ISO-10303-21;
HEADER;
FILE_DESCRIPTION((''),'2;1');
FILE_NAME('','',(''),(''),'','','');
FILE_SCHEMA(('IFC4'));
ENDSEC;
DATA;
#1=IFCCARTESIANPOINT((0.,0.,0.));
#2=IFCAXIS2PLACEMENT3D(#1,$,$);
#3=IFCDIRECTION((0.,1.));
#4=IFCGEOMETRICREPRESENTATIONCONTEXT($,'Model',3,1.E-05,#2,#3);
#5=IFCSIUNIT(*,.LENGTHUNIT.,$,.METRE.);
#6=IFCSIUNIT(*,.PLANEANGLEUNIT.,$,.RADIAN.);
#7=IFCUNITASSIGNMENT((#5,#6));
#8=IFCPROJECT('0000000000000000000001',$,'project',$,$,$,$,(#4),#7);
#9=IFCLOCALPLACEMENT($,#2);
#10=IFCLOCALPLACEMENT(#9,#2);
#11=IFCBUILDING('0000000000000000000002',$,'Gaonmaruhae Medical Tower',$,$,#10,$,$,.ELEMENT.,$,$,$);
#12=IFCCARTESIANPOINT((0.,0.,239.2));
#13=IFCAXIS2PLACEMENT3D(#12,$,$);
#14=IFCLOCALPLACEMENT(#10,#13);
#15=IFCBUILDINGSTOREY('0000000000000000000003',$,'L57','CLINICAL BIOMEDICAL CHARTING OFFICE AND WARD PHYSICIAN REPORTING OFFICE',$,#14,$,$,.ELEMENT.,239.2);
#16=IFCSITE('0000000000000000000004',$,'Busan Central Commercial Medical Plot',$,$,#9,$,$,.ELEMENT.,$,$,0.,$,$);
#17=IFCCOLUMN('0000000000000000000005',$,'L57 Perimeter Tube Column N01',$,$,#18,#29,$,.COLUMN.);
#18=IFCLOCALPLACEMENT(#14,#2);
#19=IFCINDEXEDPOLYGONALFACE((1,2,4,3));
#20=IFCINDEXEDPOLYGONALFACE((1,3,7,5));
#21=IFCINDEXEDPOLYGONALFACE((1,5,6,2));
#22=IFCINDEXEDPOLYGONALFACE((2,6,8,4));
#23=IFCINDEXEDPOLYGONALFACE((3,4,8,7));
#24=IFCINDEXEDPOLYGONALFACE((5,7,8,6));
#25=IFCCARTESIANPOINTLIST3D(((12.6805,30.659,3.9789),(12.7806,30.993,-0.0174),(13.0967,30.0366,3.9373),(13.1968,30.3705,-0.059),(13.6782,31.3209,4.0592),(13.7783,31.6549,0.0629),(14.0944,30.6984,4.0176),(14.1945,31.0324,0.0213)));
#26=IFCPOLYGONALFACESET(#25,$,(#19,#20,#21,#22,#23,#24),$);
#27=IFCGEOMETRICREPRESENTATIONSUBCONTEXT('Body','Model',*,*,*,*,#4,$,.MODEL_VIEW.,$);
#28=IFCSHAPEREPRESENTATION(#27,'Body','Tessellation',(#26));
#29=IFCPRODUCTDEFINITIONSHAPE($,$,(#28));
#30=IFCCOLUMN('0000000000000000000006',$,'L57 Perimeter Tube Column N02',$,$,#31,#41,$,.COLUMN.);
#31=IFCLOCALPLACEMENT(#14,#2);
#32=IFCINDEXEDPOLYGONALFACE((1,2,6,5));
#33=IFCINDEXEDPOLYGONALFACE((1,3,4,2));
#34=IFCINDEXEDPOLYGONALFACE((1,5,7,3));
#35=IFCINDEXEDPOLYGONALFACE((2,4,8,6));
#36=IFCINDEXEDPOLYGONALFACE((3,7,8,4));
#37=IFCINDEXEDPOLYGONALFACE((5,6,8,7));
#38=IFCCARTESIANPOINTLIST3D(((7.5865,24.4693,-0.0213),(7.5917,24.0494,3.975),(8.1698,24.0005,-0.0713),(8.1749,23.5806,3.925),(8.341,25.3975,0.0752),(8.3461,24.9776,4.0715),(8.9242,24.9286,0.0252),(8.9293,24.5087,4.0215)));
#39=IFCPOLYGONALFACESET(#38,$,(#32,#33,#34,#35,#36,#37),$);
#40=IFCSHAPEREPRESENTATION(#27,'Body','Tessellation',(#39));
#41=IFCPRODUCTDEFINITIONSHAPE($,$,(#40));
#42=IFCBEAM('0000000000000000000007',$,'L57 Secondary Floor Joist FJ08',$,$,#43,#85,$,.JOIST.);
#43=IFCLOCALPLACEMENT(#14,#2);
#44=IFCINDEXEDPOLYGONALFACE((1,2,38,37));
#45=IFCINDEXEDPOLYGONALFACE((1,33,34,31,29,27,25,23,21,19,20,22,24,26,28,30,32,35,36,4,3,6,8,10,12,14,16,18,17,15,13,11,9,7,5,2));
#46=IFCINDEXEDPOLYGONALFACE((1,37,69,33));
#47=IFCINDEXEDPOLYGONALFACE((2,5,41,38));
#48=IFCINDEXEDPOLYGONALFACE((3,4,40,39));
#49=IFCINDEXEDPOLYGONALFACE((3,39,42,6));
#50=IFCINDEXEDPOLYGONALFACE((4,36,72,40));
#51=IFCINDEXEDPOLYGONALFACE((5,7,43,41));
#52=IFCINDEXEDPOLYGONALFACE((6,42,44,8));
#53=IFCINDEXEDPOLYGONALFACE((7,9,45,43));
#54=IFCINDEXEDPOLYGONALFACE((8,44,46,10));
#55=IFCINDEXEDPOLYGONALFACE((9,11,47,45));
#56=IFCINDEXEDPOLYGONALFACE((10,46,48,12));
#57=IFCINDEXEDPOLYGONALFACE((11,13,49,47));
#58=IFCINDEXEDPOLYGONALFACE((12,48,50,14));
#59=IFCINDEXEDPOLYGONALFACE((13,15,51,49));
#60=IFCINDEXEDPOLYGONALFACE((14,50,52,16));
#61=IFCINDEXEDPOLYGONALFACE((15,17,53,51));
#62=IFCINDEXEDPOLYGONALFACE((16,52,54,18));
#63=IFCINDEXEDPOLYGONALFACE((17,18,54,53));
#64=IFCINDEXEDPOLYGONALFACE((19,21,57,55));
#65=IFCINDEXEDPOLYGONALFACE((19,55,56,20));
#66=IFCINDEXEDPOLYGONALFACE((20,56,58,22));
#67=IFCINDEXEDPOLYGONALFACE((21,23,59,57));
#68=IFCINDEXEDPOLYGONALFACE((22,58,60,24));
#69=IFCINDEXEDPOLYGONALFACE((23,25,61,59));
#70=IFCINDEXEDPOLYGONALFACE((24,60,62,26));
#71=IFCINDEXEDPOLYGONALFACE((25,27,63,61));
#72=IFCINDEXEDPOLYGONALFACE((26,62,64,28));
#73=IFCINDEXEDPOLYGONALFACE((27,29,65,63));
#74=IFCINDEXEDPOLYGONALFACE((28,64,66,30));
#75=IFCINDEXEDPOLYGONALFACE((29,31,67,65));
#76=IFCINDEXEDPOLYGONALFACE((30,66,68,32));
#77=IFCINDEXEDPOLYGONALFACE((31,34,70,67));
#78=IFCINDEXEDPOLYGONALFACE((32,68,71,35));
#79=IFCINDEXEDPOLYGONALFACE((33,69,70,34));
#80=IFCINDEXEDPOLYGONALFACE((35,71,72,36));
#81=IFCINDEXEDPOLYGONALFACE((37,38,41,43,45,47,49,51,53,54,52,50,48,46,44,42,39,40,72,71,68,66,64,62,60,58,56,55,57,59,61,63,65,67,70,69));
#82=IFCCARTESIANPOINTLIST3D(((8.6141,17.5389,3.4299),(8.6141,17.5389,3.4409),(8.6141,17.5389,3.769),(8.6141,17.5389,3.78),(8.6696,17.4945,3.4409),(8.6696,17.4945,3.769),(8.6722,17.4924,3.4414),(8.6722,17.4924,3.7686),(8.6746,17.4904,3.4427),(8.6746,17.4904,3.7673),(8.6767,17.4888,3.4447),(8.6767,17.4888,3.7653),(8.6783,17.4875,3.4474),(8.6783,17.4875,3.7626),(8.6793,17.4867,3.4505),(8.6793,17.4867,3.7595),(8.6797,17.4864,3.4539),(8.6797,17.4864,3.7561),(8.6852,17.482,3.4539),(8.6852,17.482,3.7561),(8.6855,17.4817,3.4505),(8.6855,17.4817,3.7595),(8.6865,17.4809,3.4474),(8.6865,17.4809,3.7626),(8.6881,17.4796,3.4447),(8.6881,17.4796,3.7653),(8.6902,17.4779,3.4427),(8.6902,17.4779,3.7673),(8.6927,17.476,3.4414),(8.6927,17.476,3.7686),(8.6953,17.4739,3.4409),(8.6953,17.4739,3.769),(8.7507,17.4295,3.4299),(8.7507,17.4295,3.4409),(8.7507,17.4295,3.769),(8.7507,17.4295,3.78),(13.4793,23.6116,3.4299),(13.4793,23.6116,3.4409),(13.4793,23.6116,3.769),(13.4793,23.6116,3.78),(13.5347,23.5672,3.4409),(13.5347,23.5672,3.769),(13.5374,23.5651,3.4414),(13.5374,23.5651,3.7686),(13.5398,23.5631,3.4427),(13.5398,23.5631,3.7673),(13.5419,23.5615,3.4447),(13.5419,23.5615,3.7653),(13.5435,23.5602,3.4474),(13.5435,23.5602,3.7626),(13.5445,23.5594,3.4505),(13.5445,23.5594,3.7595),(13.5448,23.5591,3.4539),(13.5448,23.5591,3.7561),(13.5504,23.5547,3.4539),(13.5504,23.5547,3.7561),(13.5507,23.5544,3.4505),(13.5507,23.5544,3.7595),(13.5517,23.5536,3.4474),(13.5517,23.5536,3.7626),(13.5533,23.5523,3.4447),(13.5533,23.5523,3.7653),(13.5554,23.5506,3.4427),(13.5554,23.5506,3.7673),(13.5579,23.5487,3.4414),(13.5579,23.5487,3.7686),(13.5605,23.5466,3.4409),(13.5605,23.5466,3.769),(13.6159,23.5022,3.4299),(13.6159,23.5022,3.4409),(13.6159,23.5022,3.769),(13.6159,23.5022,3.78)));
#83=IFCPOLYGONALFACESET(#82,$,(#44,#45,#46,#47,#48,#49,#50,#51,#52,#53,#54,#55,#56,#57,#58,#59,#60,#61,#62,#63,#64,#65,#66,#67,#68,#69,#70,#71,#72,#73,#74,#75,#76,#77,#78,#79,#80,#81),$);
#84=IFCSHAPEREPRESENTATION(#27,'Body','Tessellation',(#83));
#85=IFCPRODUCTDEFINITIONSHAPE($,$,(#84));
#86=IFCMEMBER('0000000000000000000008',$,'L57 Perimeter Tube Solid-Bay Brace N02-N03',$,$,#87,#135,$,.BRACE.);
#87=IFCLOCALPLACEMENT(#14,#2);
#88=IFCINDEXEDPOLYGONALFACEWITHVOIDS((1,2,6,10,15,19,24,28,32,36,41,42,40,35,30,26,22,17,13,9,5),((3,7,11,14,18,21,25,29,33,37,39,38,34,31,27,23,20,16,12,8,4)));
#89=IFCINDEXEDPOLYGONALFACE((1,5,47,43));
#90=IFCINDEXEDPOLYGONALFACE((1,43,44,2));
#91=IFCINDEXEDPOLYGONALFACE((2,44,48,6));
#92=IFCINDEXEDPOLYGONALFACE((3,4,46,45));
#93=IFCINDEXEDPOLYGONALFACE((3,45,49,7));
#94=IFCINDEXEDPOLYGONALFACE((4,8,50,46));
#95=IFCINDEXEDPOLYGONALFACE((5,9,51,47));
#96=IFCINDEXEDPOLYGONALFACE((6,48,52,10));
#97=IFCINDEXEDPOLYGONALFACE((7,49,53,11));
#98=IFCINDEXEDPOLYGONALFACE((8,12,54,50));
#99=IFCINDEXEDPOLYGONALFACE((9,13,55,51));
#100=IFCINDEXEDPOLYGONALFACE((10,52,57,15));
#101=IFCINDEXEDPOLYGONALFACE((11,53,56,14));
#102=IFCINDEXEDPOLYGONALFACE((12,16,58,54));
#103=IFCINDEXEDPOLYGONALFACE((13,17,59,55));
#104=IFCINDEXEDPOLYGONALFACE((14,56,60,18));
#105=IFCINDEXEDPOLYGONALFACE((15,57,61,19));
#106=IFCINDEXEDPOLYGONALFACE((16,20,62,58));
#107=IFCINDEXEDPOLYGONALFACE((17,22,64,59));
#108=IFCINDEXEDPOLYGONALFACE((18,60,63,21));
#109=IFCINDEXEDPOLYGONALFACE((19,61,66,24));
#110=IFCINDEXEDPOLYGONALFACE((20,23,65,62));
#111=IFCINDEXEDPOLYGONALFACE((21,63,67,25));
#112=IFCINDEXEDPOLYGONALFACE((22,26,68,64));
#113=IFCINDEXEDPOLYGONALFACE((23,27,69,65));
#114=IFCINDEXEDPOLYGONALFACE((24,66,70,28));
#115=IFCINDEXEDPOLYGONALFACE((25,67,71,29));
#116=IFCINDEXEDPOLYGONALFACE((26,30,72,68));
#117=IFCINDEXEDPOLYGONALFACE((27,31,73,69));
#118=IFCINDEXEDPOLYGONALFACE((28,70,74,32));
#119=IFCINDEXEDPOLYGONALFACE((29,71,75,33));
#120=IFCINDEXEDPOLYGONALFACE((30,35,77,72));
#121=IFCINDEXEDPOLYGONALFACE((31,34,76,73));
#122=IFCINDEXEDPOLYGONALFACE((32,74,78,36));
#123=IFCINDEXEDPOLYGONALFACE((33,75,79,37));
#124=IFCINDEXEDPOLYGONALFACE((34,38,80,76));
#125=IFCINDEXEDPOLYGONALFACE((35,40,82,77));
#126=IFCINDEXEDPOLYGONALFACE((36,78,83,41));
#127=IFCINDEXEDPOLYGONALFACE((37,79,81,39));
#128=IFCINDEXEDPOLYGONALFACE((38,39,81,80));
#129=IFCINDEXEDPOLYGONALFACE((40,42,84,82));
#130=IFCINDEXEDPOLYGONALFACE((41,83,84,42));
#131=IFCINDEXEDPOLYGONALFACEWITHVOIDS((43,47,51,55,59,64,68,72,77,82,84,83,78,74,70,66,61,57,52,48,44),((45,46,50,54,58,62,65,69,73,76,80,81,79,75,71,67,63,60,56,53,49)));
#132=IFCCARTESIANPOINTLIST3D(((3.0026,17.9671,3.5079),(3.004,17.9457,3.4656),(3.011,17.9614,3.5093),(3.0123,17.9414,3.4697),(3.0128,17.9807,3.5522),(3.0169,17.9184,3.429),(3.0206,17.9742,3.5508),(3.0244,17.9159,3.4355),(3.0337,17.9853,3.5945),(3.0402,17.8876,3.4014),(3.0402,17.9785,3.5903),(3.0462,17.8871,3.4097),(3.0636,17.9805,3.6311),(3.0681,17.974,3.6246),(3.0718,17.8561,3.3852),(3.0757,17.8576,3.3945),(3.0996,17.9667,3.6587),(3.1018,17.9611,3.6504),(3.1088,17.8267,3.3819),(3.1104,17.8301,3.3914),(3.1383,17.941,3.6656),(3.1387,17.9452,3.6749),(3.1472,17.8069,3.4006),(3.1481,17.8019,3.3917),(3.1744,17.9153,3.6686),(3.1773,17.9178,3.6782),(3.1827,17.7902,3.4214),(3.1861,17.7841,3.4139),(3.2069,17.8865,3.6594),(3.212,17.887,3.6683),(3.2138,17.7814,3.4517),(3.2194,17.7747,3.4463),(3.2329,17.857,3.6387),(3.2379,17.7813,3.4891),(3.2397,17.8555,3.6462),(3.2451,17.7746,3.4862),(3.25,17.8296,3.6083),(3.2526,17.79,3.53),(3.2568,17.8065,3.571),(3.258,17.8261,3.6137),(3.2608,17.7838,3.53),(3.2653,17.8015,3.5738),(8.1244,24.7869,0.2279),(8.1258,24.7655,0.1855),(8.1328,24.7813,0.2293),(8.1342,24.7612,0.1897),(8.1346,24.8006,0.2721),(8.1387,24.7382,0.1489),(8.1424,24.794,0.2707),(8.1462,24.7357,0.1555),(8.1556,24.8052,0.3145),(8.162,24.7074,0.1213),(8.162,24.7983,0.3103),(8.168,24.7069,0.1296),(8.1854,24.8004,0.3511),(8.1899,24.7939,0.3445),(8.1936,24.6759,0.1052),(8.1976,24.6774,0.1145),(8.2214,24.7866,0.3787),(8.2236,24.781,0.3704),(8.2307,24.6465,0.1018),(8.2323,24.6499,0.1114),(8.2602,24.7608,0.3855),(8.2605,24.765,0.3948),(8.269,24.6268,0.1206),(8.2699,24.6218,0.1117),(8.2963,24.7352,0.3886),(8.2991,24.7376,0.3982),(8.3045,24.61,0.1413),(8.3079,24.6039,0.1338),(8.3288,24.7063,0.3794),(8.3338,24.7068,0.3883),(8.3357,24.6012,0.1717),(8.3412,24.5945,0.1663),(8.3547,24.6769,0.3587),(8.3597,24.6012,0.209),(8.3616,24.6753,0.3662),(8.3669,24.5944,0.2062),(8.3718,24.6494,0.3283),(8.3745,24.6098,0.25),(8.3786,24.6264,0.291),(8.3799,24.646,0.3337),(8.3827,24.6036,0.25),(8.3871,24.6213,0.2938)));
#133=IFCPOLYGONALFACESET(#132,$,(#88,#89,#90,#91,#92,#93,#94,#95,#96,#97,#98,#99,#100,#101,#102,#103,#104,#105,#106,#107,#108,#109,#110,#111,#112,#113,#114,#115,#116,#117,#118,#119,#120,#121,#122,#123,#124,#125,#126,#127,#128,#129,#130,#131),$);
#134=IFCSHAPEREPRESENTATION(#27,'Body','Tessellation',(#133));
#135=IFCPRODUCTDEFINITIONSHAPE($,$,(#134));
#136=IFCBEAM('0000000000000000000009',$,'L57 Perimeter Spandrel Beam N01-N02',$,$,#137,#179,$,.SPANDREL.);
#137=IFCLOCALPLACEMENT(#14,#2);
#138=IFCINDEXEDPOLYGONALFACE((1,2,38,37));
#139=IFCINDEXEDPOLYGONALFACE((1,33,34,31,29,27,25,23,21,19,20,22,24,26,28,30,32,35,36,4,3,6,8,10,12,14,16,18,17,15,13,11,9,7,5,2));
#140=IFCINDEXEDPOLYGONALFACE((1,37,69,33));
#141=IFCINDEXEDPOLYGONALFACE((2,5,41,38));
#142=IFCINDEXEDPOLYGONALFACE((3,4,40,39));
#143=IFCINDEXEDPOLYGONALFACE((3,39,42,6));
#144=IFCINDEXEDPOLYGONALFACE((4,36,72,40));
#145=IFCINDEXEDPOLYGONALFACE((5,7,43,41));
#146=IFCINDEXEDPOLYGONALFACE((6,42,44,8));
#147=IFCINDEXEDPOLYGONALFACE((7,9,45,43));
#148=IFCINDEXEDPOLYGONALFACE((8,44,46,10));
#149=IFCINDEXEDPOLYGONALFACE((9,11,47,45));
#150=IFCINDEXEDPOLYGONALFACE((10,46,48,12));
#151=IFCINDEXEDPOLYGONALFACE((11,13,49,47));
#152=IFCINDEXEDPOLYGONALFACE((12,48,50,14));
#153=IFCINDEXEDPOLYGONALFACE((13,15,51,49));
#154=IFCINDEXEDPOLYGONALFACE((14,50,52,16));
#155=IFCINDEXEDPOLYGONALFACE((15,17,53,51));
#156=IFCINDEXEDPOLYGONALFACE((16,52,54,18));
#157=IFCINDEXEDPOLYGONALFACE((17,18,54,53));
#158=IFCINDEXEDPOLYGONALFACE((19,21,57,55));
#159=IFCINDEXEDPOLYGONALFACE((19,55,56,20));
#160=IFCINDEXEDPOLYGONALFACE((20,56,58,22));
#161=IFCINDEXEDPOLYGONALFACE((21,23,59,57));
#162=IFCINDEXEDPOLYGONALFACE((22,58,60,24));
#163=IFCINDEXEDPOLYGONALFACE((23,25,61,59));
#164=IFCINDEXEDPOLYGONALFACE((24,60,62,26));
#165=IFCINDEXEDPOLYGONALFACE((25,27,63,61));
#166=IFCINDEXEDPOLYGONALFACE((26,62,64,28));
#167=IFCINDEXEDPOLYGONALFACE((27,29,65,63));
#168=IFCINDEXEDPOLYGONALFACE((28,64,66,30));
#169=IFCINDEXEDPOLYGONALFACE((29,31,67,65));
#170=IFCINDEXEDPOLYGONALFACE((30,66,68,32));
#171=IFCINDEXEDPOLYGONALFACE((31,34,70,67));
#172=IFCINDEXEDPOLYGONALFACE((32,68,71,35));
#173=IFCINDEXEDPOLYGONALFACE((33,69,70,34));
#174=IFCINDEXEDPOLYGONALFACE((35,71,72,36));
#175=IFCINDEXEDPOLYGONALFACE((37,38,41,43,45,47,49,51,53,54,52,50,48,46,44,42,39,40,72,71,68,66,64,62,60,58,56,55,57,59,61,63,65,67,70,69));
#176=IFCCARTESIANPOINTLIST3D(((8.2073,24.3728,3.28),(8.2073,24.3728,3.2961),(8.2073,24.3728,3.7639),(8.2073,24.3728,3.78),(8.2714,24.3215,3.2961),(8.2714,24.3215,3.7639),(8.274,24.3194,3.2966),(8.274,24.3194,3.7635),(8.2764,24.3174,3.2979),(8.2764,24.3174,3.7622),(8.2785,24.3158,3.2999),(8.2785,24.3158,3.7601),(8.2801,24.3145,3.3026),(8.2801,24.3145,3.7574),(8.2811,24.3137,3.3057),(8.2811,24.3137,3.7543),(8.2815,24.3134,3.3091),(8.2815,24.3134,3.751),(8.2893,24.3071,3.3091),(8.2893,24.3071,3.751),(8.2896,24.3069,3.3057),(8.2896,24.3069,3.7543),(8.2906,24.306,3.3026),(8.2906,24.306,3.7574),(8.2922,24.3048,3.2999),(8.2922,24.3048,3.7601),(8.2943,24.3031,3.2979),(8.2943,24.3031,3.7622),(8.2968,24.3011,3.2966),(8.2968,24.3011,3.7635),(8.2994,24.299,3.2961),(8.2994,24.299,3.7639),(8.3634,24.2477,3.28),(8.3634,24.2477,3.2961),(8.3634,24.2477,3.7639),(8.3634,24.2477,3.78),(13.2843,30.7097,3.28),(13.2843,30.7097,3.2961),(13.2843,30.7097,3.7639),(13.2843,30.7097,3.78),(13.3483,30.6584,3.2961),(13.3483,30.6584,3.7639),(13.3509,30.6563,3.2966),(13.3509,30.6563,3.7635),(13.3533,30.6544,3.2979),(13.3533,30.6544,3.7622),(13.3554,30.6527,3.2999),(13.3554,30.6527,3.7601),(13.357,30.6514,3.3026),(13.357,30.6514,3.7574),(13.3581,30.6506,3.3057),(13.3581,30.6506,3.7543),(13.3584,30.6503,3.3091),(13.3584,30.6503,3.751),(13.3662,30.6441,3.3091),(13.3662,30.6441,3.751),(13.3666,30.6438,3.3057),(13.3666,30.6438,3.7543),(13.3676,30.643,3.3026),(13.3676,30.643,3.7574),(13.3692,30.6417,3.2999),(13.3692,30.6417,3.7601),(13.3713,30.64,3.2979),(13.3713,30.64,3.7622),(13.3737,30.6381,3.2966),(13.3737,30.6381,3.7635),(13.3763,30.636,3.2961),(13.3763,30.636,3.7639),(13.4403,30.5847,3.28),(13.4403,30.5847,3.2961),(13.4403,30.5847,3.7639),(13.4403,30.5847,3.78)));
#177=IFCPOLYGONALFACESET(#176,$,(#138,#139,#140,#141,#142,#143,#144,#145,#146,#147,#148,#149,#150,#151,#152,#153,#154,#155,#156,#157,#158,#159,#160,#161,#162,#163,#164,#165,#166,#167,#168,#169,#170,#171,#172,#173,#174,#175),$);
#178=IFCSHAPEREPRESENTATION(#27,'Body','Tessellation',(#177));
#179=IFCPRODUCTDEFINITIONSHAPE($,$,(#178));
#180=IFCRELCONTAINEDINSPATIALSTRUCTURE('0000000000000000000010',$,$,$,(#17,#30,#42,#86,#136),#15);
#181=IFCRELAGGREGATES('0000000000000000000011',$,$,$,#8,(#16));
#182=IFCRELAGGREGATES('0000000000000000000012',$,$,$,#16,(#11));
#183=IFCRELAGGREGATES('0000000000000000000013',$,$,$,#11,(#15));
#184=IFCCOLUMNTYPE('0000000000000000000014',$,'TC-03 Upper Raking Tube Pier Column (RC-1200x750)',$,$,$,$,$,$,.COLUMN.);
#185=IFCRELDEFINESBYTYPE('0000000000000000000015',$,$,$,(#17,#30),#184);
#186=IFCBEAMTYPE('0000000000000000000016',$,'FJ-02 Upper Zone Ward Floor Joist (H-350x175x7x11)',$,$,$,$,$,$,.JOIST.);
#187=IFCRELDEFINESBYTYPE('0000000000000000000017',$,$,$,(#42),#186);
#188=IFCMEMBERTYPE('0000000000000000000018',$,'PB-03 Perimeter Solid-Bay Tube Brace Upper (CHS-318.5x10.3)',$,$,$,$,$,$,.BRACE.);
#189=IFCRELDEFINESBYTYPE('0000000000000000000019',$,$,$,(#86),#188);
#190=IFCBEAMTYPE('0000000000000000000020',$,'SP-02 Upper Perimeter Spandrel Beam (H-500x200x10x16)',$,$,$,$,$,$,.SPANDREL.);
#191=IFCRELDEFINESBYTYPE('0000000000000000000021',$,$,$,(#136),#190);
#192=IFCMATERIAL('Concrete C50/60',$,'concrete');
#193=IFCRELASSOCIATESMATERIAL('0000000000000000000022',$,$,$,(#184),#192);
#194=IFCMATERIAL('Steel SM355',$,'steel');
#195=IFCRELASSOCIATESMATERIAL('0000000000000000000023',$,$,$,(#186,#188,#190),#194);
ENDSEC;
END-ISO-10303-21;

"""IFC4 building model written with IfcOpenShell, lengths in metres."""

from ifc_helpers import new_model, si_unit, direction, frame, origin, origin_2d, place, context, subcontext, project, spatial, rectangle, hollow_circle, i_section, extrude, material, material_profile, profile_set, type_object, element, save


model = new_model("IFC4")

# Units and contexts
model_context = context("Model", 3, precision=1e-05, world=origin(), true_north=direction((0.0, 1.0)))
body_context = subcontext(model_context, "Body", "Model", "MODEL_VIEW")
ifc_project = project(units=[si_unit("LENGTHUNIT", "METRE"), si_unit("PLANEANGLEUNIT", "RADIAN")], contexts=[model_context])

# Site, building, storey
site_placement = place(None, origin())
site = spatial("IfcSite", under=ifc_project, at=site_placement, Name="Busan Central Commercial Medical Plot", CompositionType="ELEMENT", RefElevation=0.0)
building_placement = place(site_placement, origin())
building = spatial("IfcBuilding", under=site, at=building_placement, Name="Gaonmaruhae Medical Tower", CompositionType="ELEMENT")
storey_placement = place(building_placement, frame((0.0, 0.0, 239.2)))
storey = spatial("IfcBuildingStorey", under=building, at=storey_placement, Name="L57", Description="CLINICAL BIOMEDICAL CHARTING OFFICE AND WARD PHYSICIAN REPORTING OFFICE", CompositionType="ELEMENT", Elevation=239.2)

# Columns
ifc_material_1 = material(Name="Concrete C50/60", Category="concrete")
ifc_material_profile_1 = material_profile(ifc_material_1, rectangle(XDim=1.2, YDim=0.75, at=origin_2d()), Name="RC-1200x750")
ifc_profile_set_1 = profile_set([ifc_material_profile_1], Name="Concrete C50/60")
column_type = type_object("IfcColumnType", Name="TC-03 Upper Raking Tube Pier Column (RC-1200x750)", PredefinedType="COLUMN", material=ifc_profile_set_1)
column_1_placement = place(storey_placement, frame((13.4875, 31.0127, 0.002), z_axis=(-0.024953, -0.083256, 0.996216), x_axis=(0.831445, 0.551561, 0.066921)))
element("IfcColumn", 1, at=column_1_placement, inside=storey, type_object=column_type, Name="L57 Perimeter Tube Column N01", PredefinedType="COLUMN", context=body_context, shape_type="SweptSolid", body=[
    extrude(rectangle(XDim=1.2, YDim=0.75, at=origin_2d()), origin(), (0.0, 0.0, 1.0), 4.0115),
])
column_2_placement = place(storey_placement, frame((8.2554, 24.699, 0.002), z_axis=(0.001276, -0.104501, 0.994524), x_axis=(0.6287, 0.773473, 0.080467)))
element("IfcColumn", 2, at=column_2_placement, inside=storey, type_object=column_type, Name="L57 Perimeter Tube Column N02", PredefinedType="COLUMN", context=body_context, shape_type="SweptSolid", body=[
    extrude(rectangle(XDim=1.2, YDim=0.75, at=origin_2d()), origin(), (0.0, 0.0, 1.0), 4.0183),
])

# Beam
ifc_material_2 = material(Name="Steel SM355", Category="steel")
ifc_material_profile_2 = material_profile(ifc_material_2, i_section(OverallWidth=0.175, OverallDepth=0.3501, WebThickness=0.0071, FlangeThickness=0.011, FilletRadius=0.0129, at=origin_2d()), Name="H-350x175x7x11")
ifc_profile_set_2 = profile_set([ifc_material_profile_2], Name="Steel SM355")
beam_type_1 = type_object("IfcBeamType", Name="FJ-02 Upper Zone Ward Floor Joist (H-350x175x7x11)", PredefinedType="JOIST", material=ifc_profile_set_2)
beam_1_placement = place(storey_placement, frame((13.5476, 23.5569, 3.605), z_axis=(-0.625246, -0.780428, 0.0), x_axis=(0.780428, -0.625246, 0.0)))
element("IfcBeam", 3, at=beam_1_placement, inside=storey, type_object=beam_type_1, Name="L57 Secondary Floor Joist FJ08", PredefinedType="JOIST", context=body_context, shape_type="SweptSolid", body=[
    extrude(i_section(OverallWidth=0.175, OverallDepth=0.3501, WebThickness=0.0071, FlangeThickness=0.011, FilletRadius=0.0129, at=origin_2d()), origin(), (0.0, 0.0, 1.0), 7.7812),
])

# Member
ifc_material_profile_3 = material_profile(ifc_material_2, hollow_circle(Radius=0.1592, WallThickness=0.0103, at=origin_2d()), Name="CHS-318.5x10.3")
ifc_profile_set_3 = profile_set([ifc_material_profile_3], Name="Steel SM355")
member_type = type_object("IfcMemberType", Name="PB-03 Perimeter Solid-Bay Tube Brace Upper (CHS-318.5x10.3)", PredefinedType="BRACE", material=ifc_profile_set_3)
member_placement = place(storey_placement, frame((8.2554, 24.6992, 0.25), z_axis=(-0.560502, -0.746321, 0.358947), x_axis=(0.799608, -0.600522, 0.0)))
element("IfcMember", 4, at=member_placement, inside=storey, type_object=member_type, Name="L57 Perimeter Tube Solid-Bay Brace N02-N03", PredefinedType="BRACE", context=body_context, shape_type="SweptSolid", body=[
    extrude(hollow_circle(Radius=0.1592, WallThickness=0.0103, at=origin_2d()), origin(), (0.0, 0.0, 1.0), 9.1379),
])

# Beam
ifc_material_profile_4 = material_profile(ifc_material_2, i_section(OverallWidth=0.2, OverallDepth=0.5, WebThickness=0.01, FlangeThickness=0.0161, FilletRadius=0.0129, at=origin_2d()), Name="H-500x200x10x16")
ifc_profile_set_4 = profile_set([ifc_material_profile_4], Name="Steel SM355")
beam_type_2 = type_object("IfcBeamType", Name="SP-02 Upper Perimeter Spandrel Beam (H-500x200x10x16)", PredefinedType="SPANDREL", material=ifc_profile_set_4)
beam_2_placement = place(storey_placement, frame((13.3623, 30.6472, 3.53), z_axis=(-0.625249, -0.780426, 0.0), x_axis=(0.780426, -0.625249, 0.0)))
element("IfcBeam", 5, at=beam_2_placement, inside=storey, type_object=beam_type_2, Name="L57 Perimeter Spandrel Beam N01-N02", PredefinedType="SPANDREL", context=body_context, shape_type="SweptSolid", body=[
    extrude(i_section(OverallWidth=0.2, OverallDepth=0.5, WebThickness=0.01, FlangeThickness=0.0161, FilletRadius=0.0129, at=origin_2d()), origin(), (0.0, 0.0, 1.0), 8.1199),
])

save(model, "model.ifc")
